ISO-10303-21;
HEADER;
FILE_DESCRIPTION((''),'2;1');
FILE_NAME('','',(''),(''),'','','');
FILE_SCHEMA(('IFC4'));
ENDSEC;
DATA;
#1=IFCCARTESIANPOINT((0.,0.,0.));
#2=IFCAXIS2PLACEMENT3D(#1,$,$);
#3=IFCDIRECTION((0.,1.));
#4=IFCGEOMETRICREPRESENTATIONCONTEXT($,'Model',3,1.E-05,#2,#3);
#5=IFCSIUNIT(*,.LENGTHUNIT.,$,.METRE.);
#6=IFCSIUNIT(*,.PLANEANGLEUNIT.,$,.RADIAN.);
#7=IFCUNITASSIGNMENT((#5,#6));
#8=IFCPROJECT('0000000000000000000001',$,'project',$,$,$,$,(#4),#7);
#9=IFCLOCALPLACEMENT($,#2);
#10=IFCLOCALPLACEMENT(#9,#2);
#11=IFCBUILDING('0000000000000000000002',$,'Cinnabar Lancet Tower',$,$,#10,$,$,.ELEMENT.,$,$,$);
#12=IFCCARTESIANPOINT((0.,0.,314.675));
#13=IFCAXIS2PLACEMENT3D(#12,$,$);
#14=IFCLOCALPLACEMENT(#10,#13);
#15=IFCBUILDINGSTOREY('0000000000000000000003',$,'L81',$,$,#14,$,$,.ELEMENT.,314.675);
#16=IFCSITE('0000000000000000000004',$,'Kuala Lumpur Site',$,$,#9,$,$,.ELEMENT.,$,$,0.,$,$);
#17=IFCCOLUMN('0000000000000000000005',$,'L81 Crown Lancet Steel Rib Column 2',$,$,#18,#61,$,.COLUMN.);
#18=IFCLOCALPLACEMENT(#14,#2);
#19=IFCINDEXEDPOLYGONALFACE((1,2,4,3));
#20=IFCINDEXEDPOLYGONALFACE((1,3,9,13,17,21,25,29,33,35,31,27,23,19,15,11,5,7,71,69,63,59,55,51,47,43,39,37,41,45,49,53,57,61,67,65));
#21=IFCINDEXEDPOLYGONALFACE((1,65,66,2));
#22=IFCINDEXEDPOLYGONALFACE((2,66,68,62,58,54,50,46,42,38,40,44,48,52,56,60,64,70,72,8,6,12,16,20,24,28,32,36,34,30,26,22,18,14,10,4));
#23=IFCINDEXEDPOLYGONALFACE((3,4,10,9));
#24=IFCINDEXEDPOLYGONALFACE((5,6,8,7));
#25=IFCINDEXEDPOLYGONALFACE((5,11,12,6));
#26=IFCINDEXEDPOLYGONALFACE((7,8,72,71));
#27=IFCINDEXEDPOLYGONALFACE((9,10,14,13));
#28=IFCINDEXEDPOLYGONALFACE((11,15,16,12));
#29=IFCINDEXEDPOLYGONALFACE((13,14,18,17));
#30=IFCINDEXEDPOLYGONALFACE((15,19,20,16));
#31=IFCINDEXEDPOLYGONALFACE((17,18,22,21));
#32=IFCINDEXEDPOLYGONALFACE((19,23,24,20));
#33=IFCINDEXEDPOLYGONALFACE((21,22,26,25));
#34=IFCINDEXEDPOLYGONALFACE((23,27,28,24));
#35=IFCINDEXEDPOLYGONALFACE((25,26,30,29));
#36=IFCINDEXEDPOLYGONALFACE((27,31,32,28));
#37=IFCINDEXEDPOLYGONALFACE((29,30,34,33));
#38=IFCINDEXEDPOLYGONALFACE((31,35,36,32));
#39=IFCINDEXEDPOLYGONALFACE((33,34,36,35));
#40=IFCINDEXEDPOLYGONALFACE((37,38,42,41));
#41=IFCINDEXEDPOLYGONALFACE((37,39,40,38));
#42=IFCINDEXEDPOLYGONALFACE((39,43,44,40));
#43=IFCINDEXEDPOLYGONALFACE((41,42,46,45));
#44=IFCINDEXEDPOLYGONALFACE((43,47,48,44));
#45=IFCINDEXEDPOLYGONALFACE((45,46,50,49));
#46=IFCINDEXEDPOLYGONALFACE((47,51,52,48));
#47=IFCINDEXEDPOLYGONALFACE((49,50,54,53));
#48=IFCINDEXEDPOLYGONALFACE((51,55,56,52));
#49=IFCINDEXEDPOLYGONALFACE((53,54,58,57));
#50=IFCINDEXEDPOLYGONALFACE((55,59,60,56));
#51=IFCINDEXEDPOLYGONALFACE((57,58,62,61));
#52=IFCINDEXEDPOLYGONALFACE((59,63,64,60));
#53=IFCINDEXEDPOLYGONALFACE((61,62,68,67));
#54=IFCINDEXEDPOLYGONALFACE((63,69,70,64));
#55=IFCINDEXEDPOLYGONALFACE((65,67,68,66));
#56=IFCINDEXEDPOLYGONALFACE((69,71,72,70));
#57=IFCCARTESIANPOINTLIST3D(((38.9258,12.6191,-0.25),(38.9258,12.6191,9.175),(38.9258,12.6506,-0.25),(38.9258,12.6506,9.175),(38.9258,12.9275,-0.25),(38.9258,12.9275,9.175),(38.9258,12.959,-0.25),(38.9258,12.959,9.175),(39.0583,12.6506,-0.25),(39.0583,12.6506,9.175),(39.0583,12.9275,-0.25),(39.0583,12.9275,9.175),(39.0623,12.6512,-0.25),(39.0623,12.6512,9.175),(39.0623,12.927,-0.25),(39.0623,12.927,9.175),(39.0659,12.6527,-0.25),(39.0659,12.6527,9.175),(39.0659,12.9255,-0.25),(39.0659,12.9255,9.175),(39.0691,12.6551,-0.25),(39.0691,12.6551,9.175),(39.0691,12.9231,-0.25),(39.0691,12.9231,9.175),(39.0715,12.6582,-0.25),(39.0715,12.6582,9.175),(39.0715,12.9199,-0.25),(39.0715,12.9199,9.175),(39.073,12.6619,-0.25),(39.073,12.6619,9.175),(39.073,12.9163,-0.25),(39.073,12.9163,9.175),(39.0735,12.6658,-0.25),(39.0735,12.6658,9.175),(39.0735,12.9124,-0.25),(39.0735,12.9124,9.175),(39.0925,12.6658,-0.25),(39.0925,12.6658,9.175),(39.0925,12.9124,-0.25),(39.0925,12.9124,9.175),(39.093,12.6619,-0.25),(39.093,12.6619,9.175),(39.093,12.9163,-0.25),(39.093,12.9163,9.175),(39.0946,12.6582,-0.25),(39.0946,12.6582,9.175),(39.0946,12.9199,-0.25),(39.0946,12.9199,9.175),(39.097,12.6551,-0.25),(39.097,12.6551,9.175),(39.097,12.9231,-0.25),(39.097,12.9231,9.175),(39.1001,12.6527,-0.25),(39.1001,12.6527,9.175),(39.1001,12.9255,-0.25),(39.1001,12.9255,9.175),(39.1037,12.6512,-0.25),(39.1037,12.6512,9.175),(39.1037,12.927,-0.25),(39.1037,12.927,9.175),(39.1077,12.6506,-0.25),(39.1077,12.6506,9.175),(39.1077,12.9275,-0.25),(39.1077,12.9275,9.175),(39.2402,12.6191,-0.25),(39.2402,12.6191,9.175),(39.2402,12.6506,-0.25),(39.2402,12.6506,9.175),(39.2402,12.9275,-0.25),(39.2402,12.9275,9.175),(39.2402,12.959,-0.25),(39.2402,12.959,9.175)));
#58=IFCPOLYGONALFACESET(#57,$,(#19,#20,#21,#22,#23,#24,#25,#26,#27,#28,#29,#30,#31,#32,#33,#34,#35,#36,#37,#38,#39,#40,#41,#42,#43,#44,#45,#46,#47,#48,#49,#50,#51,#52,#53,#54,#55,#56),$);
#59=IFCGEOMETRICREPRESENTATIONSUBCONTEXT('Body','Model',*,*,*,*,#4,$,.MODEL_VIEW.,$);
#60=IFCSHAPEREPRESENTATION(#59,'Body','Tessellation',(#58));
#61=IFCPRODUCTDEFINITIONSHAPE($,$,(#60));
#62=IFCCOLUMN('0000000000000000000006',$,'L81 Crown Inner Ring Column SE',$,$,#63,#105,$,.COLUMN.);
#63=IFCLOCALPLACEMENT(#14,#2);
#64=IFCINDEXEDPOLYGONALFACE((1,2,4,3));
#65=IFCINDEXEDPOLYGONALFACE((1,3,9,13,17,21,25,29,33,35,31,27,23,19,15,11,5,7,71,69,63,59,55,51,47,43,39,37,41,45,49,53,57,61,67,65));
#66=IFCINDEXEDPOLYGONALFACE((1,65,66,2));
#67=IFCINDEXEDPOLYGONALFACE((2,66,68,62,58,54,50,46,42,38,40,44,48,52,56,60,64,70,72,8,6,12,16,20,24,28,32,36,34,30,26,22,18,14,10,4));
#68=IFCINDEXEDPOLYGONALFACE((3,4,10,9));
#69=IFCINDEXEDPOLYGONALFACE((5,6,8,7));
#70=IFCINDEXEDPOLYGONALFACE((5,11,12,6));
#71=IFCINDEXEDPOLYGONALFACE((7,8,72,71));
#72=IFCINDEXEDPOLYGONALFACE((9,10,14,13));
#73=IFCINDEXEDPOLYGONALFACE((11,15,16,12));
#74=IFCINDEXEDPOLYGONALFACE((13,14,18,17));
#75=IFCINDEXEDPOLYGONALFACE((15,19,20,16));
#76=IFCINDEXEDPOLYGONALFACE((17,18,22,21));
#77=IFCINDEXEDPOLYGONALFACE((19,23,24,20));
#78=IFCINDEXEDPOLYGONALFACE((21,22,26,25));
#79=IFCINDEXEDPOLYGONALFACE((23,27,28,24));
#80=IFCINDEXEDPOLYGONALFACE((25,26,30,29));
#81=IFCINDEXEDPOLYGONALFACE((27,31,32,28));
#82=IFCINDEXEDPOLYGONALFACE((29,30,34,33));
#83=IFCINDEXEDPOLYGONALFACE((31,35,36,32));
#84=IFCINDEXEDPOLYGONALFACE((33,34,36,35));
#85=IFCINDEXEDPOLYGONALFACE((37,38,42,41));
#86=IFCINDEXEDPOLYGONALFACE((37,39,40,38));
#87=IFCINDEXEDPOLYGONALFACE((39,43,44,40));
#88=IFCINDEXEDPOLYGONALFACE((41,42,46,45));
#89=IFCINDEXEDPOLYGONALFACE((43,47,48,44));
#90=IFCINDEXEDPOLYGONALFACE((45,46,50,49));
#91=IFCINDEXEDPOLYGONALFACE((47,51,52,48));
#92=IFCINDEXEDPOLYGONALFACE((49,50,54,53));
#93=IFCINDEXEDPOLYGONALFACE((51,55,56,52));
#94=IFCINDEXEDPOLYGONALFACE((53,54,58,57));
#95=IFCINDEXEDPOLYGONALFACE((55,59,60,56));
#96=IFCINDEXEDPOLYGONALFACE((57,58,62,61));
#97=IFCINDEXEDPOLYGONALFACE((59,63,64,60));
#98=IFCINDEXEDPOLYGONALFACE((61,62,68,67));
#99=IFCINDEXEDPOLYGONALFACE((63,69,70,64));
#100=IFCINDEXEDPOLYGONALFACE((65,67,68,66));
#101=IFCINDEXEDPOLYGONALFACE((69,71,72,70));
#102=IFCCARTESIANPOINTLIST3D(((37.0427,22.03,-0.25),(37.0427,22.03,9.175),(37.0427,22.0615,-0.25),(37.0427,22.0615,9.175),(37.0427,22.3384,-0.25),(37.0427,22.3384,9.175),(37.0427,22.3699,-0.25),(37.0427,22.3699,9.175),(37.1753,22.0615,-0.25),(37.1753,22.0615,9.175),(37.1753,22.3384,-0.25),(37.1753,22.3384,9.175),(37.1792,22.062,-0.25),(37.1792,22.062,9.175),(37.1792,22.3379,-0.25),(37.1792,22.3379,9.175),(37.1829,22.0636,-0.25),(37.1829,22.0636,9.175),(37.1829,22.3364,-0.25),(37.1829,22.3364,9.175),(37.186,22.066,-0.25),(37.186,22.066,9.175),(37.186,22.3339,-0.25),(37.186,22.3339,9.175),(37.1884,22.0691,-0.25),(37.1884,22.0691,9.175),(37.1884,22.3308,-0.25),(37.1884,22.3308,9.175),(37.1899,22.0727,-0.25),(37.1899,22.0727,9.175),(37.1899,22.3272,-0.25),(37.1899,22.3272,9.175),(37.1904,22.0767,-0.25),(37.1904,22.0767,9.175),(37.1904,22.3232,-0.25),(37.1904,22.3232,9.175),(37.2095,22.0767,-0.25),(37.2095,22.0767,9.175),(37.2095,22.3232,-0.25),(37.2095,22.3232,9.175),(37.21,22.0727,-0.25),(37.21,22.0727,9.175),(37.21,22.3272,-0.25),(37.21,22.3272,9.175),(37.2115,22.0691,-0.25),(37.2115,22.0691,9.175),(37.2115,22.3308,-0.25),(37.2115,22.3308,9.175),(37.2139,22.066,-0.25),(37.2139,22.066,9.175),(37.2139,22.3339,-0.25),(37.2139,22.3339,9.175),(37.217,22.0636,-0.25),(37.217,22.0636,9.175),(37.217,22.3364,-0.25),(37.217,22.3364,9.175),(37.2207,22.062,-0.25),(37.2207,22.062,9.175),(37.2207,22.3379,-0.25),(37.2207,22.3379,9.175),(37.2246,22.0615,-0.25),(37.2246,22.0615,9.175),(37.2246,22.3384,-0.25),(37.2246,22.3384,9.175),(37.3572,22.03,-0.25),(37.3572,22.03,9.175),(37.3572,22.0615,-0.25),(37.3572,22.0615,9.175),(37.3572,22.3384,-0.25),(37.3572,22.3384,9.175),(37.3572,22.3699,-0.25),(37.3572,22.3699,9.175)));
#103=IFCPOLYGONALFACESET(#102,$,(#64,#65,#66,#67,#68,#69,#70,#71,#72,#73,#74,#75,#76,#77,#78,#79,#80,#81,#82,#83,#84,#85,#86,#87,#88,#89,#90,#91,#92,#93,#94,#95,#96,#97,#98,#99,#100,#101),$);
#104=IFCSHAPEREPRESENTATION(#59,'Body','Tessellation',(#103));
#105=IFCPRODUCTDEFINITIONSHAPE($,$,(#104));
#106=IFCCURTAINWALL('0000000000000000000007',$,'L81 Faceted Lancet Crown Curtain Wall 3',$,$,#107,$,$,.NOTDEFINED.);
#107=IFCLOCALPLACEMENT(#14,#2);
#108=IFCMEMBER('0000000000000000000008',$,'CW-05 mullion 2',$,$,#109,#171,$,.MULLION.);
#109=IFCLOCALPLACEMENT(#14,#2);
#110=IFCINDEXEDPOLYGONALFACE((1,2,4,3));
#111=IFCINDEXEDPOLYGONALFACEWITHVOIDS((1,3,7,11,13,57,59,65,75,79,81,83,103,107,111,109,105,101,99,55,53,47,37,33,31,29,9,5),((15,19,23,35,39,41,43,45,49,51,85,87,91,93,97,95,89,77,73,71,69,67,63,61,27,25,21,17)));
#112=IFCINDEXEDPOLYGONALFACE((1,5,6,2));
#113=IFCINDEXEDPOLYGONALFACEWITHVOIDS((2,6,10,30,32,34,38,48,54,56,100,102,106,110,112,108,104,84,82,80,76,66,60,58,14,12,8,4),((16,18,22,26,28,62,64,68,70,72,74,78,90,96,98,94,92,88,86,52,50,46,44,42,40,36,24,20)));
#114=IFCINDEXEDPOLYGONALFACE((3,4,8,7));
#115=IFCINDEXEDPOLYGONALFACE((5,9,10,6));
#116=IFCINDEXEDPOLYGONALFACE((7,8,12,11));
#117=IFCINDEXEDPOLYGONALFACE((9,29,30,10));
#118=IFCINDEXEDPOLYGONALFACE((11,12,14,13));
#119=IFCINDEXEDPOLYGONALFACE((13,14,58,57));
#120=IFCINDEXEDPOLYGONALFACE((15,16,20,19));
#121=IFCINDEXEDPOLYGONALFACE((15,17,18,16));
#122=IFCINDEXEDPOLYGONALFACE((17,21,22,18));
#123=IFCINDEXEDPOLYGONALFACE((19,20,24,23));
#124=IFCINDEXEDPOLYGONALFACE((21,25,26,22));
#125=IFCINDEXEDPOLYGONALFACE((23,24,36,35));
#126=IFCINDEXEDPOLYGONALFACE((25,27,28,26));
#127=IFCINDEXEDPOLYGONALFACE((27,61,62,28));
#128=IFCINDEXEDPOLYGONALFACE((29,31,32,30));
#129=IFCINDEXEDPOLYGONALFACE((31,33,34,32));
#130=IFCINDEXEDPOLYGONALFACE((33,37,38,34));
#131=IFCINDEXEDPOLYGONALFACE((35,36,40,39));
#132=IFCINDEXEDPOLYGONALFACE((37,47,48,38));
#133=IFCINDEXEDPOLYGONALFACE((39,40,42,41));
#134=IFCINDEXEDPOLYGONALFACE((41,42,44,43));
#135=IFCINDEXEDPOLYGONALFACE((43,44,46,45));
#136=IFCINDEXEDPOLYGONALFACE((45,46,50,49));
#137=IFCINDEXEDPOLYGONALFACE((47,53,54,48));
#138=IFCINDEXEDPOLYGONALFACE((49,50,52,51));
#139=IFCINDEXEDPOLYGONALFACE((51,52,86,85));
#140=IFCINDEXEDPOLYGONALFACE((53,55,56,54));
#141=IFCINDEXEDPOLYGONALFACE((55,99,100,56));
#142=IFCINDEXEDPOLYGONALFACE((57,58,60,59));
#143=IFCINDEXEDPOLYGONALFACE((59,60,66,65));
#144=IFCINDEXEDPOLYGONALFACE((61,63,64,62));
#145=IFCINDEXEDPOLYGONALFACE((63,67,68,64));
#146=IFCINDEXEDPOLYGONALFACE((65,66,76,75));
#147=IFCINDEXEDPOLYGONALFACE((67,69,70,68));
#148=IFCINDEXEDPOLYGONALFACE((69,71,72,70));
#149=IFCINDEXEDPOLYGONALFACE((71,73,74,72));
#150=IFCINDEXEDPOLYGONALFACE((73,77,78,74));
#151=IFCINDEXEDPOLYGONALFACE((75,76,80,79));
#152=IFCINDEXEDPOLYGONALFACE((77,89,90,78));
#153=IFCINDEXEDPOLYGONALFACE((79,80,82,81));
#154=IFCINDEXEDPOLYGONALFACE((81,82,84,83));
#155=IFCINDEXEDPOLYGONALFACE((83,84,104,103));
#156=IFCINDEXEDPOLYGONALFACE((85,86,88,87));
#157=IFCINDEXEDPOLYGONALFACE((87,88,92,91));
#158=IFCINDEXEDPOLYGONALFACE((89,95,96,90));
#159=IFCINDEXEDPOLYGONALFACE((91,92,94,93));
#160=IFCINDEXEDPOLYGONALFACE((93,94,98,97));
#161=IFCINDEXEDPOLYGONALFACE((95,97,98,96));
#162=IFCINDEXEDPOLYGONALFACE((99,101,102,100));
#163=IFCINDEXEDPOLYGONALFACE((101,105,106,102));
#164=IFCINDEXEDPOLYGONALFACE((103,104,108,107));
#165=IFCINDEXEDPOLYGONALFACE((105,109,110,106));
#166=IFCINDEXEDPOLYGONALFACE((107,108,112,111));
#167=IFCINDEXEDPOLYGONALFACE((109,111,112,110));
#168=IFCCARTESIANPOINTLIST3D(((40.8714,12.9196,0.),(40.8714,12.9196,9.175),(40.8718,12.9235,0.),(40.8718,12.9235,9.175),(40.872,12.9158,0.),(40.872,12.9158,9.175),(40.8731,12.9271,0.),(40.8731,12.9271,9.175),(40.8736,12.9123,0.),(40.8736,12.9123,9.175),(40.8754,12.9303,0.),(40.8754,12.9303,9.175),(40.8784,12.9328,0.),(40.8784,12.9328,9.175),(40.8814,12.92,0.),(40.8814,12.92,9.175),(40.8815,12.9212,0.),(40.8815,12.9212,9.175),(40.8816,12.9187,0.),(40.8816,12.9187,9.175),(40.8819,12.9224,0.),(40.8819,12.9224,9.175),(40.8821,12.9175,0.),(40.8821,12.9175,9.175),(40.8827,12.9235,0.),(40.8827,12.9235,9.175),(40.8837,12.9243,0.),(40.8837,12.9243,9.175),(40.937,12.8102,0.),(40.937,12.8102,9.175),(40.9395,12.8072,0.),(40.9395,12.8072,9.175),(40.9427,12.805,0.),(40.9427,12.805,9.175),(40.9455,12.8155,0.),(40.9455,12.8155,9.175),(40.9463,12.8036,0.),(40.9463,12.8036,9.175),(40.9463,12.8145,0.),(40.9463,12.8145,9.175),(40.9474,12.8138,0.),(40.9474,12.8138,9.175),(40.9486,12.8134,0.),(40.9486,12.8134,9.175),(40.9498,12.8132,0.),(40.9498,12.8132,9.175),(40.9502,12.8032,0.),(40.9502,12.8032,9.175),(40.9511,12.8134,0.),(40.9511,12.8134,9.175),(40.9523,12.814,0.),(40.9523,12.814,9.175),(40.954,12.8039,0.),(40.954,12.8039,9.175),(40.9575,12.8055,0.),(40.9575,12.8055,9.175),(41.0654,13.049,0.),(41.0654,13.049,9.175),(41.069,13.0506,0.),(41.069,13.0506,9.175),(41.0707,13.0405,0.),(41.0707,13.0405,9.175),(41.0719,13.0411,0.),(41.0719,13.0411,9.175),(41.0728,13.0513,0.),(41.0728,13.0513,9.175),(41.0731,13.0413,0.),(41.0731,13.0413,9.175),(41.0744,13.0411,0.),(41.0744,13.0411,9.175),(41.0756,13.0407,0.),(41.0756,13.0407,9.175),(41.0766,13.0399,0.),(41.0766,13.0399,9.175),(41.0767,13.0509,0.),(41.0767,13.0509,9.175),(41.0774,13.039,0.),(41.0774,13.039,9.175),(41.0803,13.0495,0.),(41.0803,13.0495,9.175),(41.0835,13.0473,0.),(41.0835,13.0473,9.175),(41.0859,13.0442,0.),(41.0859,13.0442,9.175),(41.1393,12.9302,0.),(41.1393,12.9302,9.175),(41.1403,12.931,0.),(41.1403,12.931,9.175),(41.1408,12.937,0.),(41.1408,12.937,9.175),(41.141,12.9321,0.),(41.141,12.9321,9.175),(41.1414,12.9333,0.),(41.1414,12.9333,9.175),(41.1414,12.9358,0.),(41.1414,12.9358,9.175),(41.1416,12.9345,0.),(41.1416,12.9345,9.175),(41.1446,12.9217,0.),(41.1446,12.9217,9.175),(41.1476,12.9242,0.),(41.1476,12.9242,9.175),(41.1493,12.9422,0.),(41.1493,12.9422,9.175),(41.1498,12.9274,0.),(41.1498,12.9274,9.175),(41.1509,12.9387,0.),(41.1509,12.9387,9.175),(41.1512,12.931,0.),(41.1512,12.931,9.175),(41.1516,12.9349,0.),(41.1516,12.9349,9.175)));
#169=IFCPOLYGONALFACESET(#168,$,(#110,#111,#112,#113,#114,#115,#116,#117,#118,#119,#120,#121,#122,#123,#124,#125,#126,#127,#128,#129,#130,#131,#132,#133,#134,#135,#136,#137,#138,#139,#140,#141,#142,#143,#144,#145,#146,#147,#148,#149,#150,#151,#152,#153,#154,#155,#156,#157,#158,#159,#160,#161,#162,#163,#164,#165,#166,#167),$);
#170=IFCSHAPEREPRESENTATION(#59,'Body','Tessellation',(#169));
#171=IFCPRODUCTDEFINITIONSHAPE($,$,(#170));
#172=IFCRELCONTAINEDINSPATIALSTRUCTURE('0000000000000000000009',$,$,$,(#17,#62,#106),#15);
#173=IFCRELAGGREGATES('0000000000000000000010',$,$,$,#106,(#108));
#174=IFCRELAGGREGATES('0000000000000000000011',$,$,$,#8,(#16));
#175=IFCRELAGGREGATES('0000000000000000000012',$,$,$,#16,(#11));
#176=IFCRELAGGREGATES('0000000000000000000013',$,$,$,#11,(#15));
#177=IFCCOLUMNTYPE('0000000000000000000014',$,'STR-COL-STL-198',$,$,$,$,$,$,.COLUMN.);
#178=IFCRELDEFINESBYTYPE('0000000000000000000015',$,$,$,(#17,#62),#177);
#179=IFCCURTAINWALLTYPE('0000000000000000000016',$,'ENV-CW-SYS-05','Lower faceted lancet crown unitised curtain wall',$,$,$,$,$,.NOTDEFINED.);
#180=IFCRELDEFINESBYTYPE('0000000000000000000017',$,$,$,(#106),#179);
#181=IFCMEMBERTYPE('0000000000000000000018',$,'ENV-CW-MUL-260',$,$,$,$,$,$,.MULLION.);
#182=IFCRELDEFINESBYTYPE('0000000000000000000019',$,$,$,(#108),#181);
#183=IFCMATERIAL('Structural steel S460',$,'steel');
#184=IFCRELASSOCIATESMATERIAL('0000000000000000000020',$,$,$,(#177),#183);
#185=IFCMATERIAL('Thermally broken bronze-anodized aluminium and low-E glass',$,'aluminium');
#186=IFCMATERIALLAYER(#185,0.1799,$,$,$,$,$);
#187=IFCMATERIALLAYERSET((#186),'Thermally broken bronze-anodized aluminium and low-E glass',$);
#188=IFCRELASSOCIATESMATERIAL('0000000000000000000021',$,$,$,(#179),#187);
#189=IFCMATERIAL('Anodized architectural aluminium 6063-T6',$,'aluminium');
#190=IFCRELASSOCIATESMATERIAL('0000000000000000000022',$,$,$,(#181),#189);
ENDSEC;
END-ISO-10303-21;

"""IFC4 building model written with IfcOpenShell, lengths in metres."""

from ifc_helpers import new_model, si_unit, direction, frame, origin, origin_2d, place, context, subcontext, project, spatial, hollow_rectangle, i_section, extrude, material, layer, layer_set, material_profile, profile_set, type_object, element, aggregate, save


model = new_model("IFC4")

# Units and contexts
model_context = context("Model", 3, precision=1e-05, world=origin(), true_north=direction((0.0, 1.0)))
body_context = subcontext(model_context, "Body", "Model", "MODEL_VIEW")
ifc_project = project(units=[si_unit("LENGTHUNIT", "METRE"), si_unit("PLANEANGLEUNIT", "RADIAN")], contexts=[model_context])

# Site, building, storey
site_placement = place(None, origin())
site = spatial("IfcSite", under=ifc_project, at=site_placement, Name="Kuala Lumpur Site", CompositionType="ELEMENT", RefElevation=0.0)
building_placement = place(site_placement, origin())
building = spatial("IfcBuilding", under=site, at=building_placement, Name="Cinnabar Lancet Tower", CompositionType="ELEMENT")
storey_placement = place(building_placement, frame((0.0, 0.0, 314.675)))
storey = spatial("IfcBuildingStorey", under=building, at=storey_placement, Name="L81", CompositionType="ELEMENT", Elevation=314.675)

# Columns
ifc_material_1 = material(Name="Structural steel S460", Category="steel")
ifc_material_profile_1 = material_profile(ifc_material_1, i_section(OverallWidth=0.3145, OverallDepth=0.3398, WebThickness=0.019, FlangeThickness=0.0315, FilletRadius=0.0151, at=origin_2d()), Name="UKC 305x305x198")
ifc_profile_set_1 = profile_set([ifc_material_profile_1], Name="Structural steel S460")
column_type = type_object("IfcColumnType", Name="STR-COL-STL-198", PredefinedType="COLUMN", material=ifc_profile_set_1)
for number, where, z_axis, x_axis, name in (
    (1, (39.083, 12.7891, -0.25), (0.0, 0.0, 1.0), (1.0, 0.0, 0.0), "L81 Crown Lancet Steel Rib Column 2"),
    (2, (37.2, 22.2, -0.25), (0.0, 0.0, 1.0), (1.0, 0.0, 0.0), "L81 Crown Inner Ring Column SE"),
):
    element("IfcColumn", number, at=place(storey_placement, frame(where, z_axis=z_axis, x_axis=x_axis)), inside=storey, type_object=column_type, Name=name, PredefinedType="COLUMN", context=body_context, shape_type="SweptSolid", body=[
        extrude(i_section(OverallWidth=0.3145, OverallDepth=0.3398, WebThickness=0.019, FlangeThickness=0.0315, FilletRadius=0.0151, at=origin_2d()), origin(), (0.0, 0.0, 1.0), 9.425),
    ])

# Curtain wall, member
ifc_material_2 = material(Name="Thermally broken bronze-anodized aluminium and low-E glass", Category="aluminium")
ifc_layer_1 = layer(ifc_material_2, 0.1799)
ifc_layer_set_1 = layer_set([ifc_layer_1], Name="Thermally broken bronze-anodized aluminium and low-E glass")
curtain_wall_type = type_object("IfcCurtainWallType", Name="ENV-CW-SYS-05", Description="Lower faceted lancet crown unitised curtain wall", PredefinedType="NOTDEFINED", material=ifc_layer_set_1)
curtain_wall_1_placement = place(storey_placement, origin())
curtain_wall_1 = element("IfcCurtainWall", 3, at=curtain_wall_1_placement, inside=storey, type_object=curtain_wall_type, Name="L81 Faceted Lancet Crown Curtain Wall 3", PredefinedType="NOTDEFINED")
ifc_material_3 = material(Name="Anodized architectural aluminium 6063-T6", Category="aluminium")
ifc_material_profile_2 = material_profile(ifc_material_3, hollow_rectangle(XDim=0.1499, YDim=0.25, WallThickness=0.01, InnerFilletRadius=0.0049, OuterFilletRadius=0.0149, at=origin_2d()), Name="RHS 250x150x10")
ifc_profile_set_2 = profile_set([ifc_material_profile_2], Name="Anodized architectural aluminium 6063-T6")
member_type_1 = type_object("IfcMemberType", Name="ENV-CW-MUL-260", PredefinedType="MULLION", material=ifc_profile_set_2)
member_1_placement = place(storey_placement, frame((41.0115, 12.9272, 0.0), z_axis=(0.0, 0.0, 1.0), x_axis=(-0.527976, 0.849259, 0.0)))
member_1 = element("IfcMember", 4, at=member_1_placement, type_object=member_type_1, Name="CW-05 mullion 2", PredefinedType="MULLION", context=body_context, shape_type="SweptSolid", body=[
    extrude(hollow_rectangle(XDim=0.1499, YDim=0.25, WallThickness=0.01, InnerFilletRadius=0.0049, OuterFilletRadius=0.0149, at=origin_2d()), origin(), (0.0, 0.0, 1.0), 9.175),
])

aggregate(curtain_wall_1, [member_1])

save(model, "model.ifc")
